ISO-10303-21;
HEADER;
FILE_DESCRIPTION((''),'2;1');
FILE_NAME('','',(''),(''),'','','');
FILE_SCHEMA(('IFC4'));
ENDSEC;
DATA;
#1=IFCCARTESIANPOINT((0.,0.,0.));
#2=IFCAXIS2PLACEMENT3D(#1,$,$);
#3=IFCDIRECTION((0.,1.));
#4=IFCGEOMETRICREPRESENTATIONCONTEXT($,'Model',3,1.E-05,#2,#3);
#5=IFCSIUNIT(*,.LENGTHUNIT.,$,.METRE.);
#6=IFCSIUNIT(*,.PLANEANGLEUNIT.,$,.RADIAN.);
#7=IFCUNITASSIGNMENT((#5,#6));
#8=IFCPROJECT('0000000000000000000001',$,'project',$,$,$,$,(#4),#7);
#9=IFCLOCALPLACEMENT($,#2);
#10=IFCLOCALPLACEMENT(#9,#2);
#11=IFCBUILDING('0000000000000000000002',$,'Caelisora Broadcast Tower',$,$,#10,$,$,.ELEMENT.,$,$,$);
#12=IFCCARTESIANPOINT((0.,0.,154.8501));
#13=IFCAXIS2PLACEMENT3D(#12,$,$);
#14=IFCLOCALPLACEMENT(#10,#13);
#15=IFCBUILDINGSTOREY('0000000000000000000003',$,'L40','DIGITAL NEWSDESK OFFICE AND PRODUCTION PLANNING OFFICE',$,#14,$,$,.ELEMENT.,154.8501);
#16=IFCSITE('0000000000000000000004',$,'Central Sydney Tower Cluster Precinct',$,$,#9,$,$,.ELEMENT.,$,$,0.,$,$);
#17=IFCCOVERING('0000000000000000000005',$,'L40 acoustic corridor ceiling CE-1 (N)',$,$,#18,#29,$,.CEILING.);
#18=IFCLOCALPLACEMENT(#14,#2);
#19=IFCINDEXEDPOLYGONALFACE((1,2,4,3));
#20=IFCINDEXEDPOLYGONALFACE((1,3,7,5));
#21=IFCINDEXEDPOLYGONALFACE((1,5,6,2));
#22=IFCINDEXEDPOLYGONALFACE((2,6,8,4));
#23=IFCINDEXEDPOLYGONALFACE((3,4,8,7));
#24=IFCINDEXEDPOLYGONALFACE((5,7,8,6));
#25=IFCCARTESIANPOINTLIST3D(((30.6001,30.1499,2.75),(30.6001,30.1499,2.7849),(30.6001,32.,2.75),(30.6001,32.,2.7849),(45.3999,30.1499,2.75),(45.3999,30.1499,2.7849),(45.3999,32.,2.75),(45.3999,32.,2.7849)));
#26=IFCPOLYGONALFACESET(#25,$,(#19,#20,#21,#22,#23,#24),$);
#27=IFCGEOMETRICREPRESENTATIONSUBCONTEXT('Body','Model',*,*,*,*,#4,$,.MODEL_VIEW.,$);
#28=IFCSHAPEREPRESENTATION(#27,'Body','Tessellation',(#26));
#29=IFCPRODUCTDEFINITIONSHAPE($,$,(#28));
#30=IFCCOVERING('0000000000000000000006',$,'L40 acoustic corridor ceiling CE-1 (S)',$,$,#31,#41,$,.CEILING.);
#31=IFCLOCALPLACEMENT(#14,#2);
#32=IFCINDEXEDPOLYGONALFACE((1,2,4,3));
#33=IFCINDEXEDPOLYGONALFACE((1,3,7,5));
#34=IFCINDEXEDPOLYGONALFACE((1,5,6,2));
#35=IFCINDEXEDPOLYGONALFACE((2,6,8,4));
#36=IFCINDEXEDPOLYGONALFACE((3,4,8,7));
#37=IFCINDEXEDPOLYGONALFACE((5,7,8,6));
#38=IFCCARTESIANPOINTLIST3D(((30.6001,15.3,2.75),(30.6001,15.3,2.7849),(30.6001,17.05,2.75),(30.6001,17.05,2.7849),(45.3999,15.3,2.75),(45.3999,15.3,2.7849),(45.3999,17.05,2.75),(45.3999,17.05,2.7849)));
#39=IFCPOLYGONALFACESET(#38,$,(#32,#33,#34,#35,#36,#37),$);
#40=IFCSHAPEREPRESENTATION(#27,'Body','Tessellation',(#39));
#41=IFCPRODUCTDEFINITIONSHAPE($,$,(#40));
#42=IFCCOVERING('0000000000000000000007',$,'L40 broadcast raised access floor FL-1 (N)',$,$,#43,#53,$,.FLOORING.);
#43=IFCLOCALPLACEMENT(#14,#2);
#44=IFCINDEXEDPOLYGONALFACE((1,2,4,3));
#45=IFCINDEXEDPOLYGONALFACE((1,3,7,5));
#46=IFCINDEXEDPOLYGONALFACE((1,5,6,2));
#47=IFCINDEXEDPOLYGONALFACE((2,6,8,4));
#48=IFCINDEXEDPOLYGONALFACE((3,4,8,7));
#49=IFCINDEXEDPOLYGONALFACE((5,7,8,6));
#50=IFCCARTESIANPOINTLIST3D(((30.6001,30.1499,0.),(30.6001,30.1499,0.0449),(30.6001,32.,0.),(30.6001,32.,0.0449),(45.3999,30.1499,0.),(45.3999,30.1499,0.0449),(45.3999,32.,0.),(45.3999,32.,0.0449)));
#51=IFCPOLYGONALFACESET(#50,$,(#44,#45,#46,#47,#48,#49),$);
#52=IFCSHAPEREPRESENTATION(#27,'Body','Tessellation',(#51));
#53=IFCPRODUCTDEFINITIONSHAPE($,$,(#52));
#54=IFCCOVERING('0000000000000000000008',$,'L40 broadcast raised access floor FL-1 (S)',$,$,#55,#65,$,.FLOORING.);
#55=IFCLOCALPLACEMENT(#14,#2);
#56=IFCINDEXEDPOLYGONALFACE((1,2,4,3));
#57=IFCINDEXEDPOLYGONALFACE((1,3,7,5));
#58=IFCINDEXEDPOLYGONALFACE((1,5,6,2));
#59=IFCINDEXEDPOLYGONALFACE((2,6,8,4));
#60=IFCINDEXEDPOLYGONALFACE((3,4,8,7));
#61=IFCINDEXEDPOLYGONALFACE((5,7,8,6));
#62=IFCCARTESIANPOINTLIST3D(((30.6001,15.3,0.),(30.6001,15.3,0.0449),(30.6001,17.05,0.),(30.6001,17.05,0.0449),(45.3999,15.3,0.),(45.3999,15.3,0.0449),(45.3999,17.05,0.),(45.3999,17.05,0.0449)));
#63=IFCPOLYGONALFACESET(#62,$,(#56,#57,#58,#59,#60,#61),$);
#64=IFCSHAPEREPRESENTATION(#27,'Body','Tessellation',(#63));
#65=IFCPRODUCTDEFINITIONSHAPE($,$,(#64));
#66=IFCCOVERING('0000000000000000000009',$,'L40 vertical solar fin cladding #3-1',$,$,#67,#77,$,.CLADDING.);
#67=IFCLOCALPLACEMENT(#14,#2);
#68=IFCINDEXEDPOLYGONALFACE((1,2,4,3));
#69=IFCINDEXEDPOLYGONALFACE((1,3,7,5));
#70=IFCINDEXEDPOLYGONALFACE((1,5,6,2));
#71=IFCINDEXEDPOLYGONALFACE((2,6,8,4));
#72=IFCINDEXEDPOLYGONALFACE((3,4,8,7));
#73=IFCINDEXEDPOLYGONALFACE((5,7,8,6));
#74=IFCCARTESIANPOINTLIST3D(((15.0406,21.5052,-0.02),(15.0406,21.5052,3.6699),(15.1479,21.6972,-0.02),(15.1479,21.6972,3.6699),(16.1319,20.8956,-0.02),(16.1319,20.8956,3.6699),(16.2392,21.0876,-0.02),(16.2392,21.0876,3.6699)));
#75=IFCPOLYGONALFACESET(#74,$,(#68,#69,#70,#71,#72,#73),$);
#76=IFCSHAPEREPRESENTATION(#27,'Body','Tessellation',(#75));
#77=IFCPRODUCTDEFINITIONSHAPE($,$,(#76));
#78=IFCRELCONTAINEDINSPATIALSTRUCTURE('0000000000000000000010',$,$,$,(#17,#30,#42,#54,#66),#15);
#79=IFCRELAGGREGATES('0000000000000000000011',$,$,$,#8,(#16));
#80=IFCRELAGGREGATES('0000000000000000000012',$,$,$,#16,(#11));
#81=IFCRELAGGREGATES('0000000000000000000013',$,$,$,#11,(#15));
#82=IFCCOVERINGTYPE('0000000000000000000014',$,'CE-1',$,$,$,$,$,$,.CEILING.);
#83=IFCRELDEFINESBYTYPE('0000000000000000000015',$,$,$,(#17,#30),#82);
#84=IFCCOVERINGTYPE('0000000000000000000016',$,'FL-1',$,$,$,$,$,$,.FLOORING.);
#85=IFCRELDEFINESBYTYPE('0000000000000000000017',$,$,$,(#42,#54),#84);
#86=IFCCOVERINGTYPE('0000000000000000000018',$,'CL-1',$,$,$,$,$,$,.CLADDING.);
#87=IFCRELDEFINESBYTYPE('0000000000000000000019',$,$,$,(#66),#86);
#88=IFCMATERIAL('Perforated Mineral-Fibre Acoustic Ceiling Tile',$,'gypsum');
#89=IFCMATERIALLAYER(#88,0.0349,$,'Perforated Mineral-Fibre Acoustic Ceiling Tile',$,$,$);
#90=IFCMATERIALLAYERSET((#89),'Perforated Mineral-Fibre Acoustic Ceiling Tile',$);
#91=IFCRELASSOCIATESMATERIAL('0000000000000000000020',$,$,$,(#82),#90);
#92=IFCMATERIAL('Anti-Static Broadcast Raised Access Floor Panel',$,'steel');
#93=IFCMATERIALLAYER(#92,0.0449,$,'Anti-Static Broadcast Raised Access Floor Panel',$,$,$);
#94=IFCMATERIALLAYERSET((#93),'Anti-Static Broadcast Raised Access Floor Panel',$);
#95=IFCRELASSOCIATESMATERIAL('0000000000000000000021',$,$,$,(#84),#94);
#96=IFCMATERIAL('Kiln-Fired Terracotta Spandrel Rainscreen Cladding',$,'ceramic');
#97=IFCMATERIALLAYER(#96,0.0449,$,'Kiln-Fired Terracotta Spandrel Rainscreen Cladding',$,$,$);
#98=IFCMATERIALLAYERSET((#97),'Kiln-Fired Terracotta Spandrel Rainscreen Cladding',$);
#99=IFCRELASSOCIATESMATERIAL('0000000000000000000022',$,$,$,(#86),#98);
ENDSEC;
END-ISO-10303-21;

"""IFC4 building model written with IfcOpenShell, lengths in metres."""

from ifc_helpers import new_model, si_unit, direction, frame, origin, origin_2d, place, context, subcontext, project, spatial, polyline, rectangle, outline, extrude, source, transform, mapped, material, layer, layer_set, type_object, type_shapes, element, save


model = new_model("IFC4")

# Units and contexts
model_context = context("Model", 3, precision=1e-05, world=origin(), true_north=direction((0.0, 1.0)))
body_context = subcontext(model_context, "Body", "Model", "MODEL_VIEW")
ifc_project = project(units=[si_unit("LENGTHUNIT", "METRE"), si_unit("PLANEANGLEUNIT", "RADIAN")], contexts=[model_context])

# Site, building, storey
site_placement = place(None, origin())
site = spatial("IfcSite", under=ifc_project, at=site_placement, Name="Central Sydney Tower Cluster Precinct", CompositionType="ELEMENT", RefElevation=0.0)
building_placement = place(site_placement, origin())
building = spatial("IfcBuilding", under=site, at=building_placement, Name="Caelisora Broadcast Tower", CompositionType="ELEMENT")
storey_placement = place(building_placement, frame((0.0, 0.0, 154.8501)))
storey = spatial("IfcBuildingStorey", under=building, at=storey_placement, Name="L40", Description="DIGITAL NEWSDESK OFFICE AND PRODUCTION PLANNING OFFICE", CompositionType="ELEMENT", Elevation=154.8501)

# Coverings
ifc_material_1 = material(Name="Perforated Mineral-Fibre Acoustic Ceiling Tile", Category="gypsum")
ifc_layer_1 = layer(ifc_material_1, 0.0349, Name="Perforated Mineral-Fibre Acoustic Ceiling Tile")
ifc_layer_set_1 = layer_set([ifc_layer_1], Name="Perforated Mineral-Fibre Acoustic Ceiling Tile")
covering_type_1 = type_object("IfcCoveringType", Name="CE-1", PredefinedType="CEILING", material=ifc_layer_set_1)
covering_1_placement = place(storey_placement, frame((0.0, 0.0, 2.75)))
element("IfcCovering", 1, at=covering_1_placement, inside=storey, type_object=covering_type_1, Name="L40 acoustic corridor ceiling CE-1 (N)", PredefinedType="CEILING", context=body_context, shape_type="SweptSolid", body=[
    extrude(outline(polyline([(30.6001, 30.1499), (45.3999, 30.1499), (45.3999, 32.0), (30.6001, 32.0), (30.6001, 30.1499)])), origin(), (0.0, 0.0, 1.0), 0.0349),
])
covering_2_placement = place(storey_placement, frame((0.0, 0.0, 2.75)))
element("IfcCovering", 2, at=covering_2_placement, inside=storey, type_object=covering_type_1, Name="L40 acoustic corridor ceiling CE-1 (S)", PredefinedType="CEILING", context=body_context, shape_type="SweptSolid", body=[
    extrude(outline(polyline([(30.6001, 15.3), (45.3999, 15.3), (45.3999, 17.05), (30.6001, 17.05), (30.6001, 15.3)])), origin(), (0.0, 0.0, 1.0), 0.0349),
])
ifc_material_2 = material(Name="Anti-Static Broadcast Raised Access Floor Panel", Category="steel")
ifc_layer_2 = layer(ifc_material_2, 0.0449, Name="Anti-Static Broadcast Raised Access Floor Panel")
ifc_layer_set_2 = layer_set([ifc_layer_2], Name="Anti-Static Broadcast Raised Access Floor Panel")
covering_type_2 = type_object("IfcCoveringType", Name="FL-1", PredefinedType="FLOORING", material=ifc_layer_set_2)
covering_3_placement = place(storey_placement, origin())
element("IfcCovering", 3, at=covering_3_placement, inside=storey, type_object=covering_type_2, Name="L40 broadcast raised access floor FL-1 (N)", PredefinedType="FLOORING", context=body_context, shape_type="SweptSolid", body=[
    extrude(outline(polyline([(30.6001, 30.1499), (45.3999, 30.1499), (45.3999, 32.0), (30.6001, 32.0), (30.6001, 30.1499)])), origin(), (0.0, 0.0, 1.0), 0.0449),
])
covering_4_placement = place(storey_placement, origin())
element("IfcCovering", 4, at=covering_4_placement, inside=storey, type_object=covering_type_2, Name="L40 broadcast raised access floor FL-1 (S)", PredefinedType="FLOORING", context=body_context, shape_type="SweptSolid", body=[
    extrude(outline(polyline([(30.6001, 15.3), (45.3999, 15.3), (45.3999, 17.05), (30.6001, 17.05), (30.6001, 15.3)])), origin(), (0.0, 0.0, 1.0), 0.0449),
])
ifc_material_3 = material(Name="Kiln-Fired Terracotta Spandrel Rainscreen Cladding", Category="ceramic")
ifc_layer_3 = layer(ifc_material_3, 0.0449, Name="Kiln-Fired Terracotta Spandrel Rainscreen Cladding")
ifc_layer_set_3 = layer_set([ifc_layer_3], Name="Kiln-Fired Terracotta Spandrel Rainscreen Cladding")
covering_type_3 = type_object("IfcCoveringType", Name="CL-1", PredefinedType="CLADDING", material=ifc_layer_set_3)
shared_shape_1 = source(origin(), body_context, "Body", "SweptSolid", [
    extrude(rectangle(XDim=0.22, YDim=1.25, at=origin_2d()), origin(), (0.0, 0.0, 1.0), 3.6899),
])
type_shapes(covering_type_3, [shared_shape_1])
covering_5_placement = place(storey_placement, frame((15.6399, 21.2964, -0.02), z_axis=(0.0, 0.0, 1.0), x_axis=(0.487707, 0.873007, 0.0)))
element("IfcCovering", 5, at=covering_5_placement, inside=storey, type_object=covering_type_3, Name="L40 vertical solar fin cladding #3-1", PredefinedType="CLADDING", context=body_context, shape_type="MappedRepresentation", body=[
    mapped(shared_shape_1, transform((0.0, 0.0, 0.0), scale=1.0)),
])

save(model, "model.ifc")
